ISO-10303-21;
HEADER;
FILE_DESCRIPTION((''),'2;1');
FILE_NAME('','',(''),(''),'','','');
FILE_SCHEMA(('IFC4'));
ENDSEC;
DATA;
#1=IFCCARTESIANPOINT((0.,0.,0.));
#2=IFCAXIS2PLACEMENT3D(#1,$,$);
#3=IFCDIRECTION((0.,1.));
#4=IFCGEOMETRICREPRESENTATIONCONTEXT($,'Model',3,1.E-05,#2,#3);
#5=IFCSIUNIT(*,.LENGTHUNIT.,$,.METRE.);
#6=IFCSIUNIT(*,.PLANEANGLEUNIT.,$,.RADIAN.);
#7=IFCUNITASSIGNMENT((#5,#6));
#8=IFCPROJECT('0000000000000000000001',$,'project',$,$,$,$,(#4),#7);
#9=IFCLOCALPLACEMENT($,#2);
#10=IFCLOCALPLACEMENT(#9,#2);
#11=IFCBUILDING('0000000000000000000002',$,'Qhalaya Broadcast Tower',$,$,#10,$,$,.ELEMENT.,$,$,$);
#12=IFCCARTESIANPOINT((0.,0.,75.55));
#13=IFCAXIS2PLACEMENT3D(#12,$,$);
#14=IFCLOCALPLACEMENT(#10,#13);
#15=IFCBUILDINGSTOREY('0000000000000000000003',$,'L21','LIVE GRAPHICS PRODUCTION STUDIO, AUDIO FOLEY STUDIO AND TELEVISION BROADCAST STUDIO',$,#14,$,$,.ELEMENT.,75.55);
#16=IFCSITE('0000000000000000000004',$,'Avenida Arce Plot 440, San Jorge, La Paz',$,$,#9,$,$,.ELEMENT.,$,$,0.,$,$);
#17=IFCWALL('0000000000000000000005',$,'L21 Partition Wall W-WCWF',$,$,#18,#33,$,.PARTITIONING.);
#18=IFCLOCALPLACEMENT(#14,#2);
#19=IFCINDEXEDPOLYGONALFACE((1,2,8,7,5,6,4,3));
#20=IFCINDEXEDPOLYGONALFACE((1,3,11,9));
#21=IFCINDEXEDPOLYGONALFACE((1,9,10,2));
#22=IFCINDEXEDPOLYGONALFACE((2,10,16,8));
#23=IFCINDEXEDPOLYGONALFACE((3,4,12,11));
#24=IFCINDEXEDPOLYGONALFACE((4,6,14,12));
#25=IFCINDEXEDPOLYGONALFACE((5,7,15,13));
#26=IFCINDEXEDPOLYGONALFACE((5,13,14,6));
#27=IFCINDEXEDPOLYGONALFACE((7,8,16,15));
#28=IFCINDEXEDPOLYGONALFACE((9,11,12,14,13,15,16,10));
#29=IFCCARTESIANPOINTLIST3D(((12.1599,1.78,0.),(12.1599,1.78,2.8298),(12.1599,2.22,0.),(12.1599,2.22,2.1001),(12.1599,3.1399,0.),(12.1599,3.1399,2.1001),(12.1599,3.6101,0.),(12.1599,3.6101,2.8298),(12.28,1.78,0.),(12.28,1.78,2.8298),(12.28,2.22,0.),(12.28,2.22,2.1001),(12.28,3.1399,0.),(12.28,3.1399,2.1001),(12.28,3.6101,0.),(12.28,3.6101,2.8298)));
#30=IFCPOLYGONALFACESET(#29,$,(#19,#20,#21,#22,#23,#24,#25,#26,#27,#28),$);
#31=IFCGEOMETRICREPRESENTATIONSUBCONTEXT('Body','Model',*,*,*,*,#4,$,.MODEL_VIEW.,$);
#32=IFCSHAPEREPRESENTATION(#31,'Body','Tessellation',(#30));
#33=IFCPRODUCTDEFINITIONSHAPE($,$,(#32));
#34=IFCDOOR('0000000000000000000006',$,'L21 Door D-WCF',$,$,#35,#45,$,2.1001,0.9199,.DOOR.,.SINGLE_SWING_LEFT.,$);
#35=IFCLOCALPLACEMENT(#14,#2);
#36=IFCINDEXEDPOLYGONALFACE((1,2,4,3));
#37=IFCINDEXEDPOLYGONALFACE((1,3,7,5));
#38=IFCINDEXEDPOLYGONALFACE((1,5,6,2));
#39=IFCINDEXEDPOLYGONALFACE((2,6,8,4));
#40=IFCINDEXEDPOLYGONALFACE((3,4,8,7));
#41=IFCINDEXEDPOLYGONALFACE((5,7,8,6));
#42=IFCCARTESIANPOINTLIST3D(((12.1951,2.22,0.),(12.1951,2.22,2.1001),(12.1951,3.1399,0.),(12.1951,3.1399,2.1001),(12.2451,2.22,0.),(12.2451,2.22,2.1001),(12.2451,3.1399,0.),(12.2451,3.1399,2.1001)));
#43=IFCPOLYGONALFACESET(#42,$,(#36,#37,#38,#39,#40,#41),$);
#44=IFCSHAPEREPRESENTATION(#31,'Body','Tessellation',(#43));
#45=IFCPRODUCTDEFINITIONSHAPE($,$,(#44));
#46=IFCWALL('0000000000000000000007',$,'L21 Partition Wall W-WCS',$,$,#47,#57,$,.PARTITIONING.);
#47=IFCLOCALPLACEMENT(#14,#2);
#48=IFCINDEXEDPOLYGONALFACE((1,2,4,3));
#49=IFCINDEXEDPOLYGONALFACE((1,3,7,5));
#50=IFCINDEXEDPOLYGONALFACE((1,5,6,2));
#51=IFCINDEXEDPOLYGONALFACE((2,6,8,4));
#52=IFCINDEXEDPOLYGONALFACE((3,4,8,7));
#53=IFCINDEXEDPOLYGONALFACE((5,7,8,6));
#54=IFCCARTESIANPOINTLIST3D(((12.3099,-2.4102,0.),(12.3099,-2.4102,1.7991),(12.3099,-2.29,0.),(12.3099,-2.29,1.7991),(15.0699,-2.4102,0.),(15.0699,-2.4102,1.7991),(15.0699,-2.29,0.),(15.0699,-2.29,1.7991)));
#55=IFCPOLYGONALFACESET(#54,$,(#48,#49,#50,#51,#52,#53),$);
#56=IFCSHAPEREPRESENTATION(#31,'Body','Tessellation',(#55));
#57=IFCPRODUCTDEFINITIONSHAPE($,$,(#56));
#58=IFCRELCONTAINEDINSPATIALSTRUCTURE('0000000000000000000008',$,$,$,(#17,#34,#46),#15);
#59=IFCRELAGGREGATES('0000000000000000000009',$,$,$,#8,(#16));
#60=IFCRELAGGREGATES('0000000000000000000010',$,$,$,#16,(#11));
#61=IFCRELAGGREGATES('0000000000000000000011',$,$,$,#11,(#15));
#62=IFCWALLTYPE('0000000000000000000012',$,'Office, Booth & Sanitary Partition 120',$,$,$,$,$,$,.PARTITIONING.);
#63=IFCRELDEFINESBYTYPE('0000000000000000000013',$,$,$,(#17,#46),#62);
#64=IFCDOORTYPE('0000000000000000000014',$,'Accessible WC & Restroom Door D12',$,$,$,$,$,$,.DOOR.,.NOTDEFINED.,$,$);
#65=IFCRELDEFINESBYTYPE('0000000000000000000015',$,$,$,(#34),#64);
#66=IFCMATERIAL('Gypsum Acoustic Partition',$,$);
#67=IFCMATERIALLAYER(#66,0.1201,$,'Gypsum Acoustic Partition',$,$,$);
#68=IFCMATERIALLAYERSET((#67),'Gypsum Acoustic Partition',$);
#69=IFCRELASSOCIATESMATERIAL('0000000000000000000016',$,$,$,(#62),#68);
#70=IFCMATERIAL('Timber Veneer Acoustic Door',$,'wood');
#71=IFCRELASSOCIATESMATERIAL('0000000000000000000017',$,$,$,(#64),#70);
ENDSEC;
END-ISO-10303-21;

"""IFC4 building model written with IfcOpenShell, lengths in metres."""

from ifc_helpers import new_model, si_unit, direction, frame, frame_2d, origin, place, context, subcontext, project, spatial, rectangle, extrude, material, layer, layer_set, type_object, element, fill, save


model = new_model("IFC4")

# Units and contexts
model_context = context("Model", 3, precision=1e-05, world=origin(), true_north=direction((0.0, 1.0)))
body_context = subcontext(model_context, "Body", "Model", "MODEL_VIEW")
ifc_project = project(units=[si_unit("LENGTHUNIT", "METRE"), si_unit("PLANEANGLEUNIT", "RADIAN")], contexts=[model_context])

# Site, building, storey
site_placement = place(None, origin())
site = spatial("IfcSite", under=ifc_project, at=site_placement, Name="Avenida Arce Plot 440, San Jorge, La Paz", CompositionType="ELEMENT", RefElevation=0.0)
building_placement = place(site_placement, origin())
building = spatial("IfcBuilding", under=site, at=building_placement, Name="Qhalaya Broadcast Tower", CompositionType="ELEMENT")
storey_placement = place(building_placement, frame((0.0, 0.0, 75.55)))
storey = spatial("IfcBuildingStorey", under=building, at=storey_placement, Name="L21", Description="LIVE GRAPHICS PRODUCTION STUDIO, AUDIO FOLEY STUDIO AND TELEVISION BROADCAST STUDIO", CompositionType="ELEMENT", Elevation=75.55)

# Shared definitions
ifc_material_1 = material(Name="Gypsum Acoustic Partition")
ifc_layer_1 = layer(ifc_material_1, 0.1201, Name="Gypsum Acoustic Partition")
ifc_layer_set_1 = layer_set([ifc_layer_1], Name="Gypsum Acoustic Partition")
wall_type_1 = type_object("IfcWallType", Name="Office, Booth & Sanitary Partition 120", PredefinedType="PARTITIONING", material=ifc_layer_set_1)

# Wall, opening, door
ifc_material_2 = material(Name="Timber Veneer Acoustic Door", Category="wood")
door_type = type_object("IfcDoorType", Name="Accessible WC & Restroom Door D12", OperationType="NOTDEFINED", PredefinedType="DOOR", material=ifc_material_2)
wall_1_placement = place(storey_placement, frame((12.22, 1.78, 0.0), z_axis=(0.0, 0.0, 1.0), x_axis=(0.0, 1.0, 0.0)))
wall_1 = element("IfcWall", 1, at=wall_1_placement, inside=storey, type_object=wall_type_1, Name="L21 Partition Wall W-WCWF", PredefinedType="PARTITIONING", context=body_context, shape_type="SweptSolid", body=[
    extrude(rectangle(XDim=1.8301, YDim=0.1201, at=frame_2d((0.915, 0.0))), origin(), (0.0, 0.0, 1.0), 2.8298),
])
opening_1_placement = place(wall_1_placement, frame((0.4399, 0.0, 0.0)))
opening_1 = element("IfcOpeningElement", 2, at=opening_1_placement, cuts=wall_1, PredefinedType="OPENING", context=body_context, shape_type="SweptSolid", body=[
    extrude(rectangle(XDim=0.9199, YDim=2.1001, at=frame_2d((0.46, 1.05))), frame((0.0, 0.072, 0.0), z_axis=(0.0, -1.0, 0.0), x_axis=(1.0, 0.0, 0.0)), (0.0, 0.0, 1.0), 0.144),
])
door_1_placement = place(opening_1_placement, origin())
door_1 = element("IfcDoor", 3, at=door_1_placement, inside=storey, type_object=door_type, Name="L21 Door D-WCF", OperationType="SINGLE_SWING_LEFT", OverallHeight=2.1001, OverallWidth=0.9199, PredefinedType="DOOR", context=body_context, shape_type="SweptSolid", body=[
    extrude(rectangle(XDim=0.9199, YDim=2.1001, at=frame_2d((0.46, 1.05))), frame((0.0, 0.0249, 0.0), z_axis=(0.0, -1.0, 0.0), x_axis=(1.0, 0.0, 0.0)), (0.0, 0.0, 1.0), 0.05),
])
fill(opening_1, door_1)

# Wall
wall_2_placement = place(storey_placement, frame((12.3101, -2.3501, 0.0), z_axis=(0.0, 0.0, 1.0), x_axis=(1.0, 0.0, 0.0)))
element("IfcWall", 4, at=wall_2_placement, inside=storey, type_object=wall_type_1, Name="L21 Partition Wall W-WCS", PredefinedType="PARTITIONING", context=body_context, shape_type="SweptSolid", body=[
    extrude(rectangle(XDim=2.76, YDim=0.1201, at=frame_2d((1.3799, 0.0))), origin(), (0.0, 0.0, 1.0), 1.7991),
])

save(model, "model.ifc")
